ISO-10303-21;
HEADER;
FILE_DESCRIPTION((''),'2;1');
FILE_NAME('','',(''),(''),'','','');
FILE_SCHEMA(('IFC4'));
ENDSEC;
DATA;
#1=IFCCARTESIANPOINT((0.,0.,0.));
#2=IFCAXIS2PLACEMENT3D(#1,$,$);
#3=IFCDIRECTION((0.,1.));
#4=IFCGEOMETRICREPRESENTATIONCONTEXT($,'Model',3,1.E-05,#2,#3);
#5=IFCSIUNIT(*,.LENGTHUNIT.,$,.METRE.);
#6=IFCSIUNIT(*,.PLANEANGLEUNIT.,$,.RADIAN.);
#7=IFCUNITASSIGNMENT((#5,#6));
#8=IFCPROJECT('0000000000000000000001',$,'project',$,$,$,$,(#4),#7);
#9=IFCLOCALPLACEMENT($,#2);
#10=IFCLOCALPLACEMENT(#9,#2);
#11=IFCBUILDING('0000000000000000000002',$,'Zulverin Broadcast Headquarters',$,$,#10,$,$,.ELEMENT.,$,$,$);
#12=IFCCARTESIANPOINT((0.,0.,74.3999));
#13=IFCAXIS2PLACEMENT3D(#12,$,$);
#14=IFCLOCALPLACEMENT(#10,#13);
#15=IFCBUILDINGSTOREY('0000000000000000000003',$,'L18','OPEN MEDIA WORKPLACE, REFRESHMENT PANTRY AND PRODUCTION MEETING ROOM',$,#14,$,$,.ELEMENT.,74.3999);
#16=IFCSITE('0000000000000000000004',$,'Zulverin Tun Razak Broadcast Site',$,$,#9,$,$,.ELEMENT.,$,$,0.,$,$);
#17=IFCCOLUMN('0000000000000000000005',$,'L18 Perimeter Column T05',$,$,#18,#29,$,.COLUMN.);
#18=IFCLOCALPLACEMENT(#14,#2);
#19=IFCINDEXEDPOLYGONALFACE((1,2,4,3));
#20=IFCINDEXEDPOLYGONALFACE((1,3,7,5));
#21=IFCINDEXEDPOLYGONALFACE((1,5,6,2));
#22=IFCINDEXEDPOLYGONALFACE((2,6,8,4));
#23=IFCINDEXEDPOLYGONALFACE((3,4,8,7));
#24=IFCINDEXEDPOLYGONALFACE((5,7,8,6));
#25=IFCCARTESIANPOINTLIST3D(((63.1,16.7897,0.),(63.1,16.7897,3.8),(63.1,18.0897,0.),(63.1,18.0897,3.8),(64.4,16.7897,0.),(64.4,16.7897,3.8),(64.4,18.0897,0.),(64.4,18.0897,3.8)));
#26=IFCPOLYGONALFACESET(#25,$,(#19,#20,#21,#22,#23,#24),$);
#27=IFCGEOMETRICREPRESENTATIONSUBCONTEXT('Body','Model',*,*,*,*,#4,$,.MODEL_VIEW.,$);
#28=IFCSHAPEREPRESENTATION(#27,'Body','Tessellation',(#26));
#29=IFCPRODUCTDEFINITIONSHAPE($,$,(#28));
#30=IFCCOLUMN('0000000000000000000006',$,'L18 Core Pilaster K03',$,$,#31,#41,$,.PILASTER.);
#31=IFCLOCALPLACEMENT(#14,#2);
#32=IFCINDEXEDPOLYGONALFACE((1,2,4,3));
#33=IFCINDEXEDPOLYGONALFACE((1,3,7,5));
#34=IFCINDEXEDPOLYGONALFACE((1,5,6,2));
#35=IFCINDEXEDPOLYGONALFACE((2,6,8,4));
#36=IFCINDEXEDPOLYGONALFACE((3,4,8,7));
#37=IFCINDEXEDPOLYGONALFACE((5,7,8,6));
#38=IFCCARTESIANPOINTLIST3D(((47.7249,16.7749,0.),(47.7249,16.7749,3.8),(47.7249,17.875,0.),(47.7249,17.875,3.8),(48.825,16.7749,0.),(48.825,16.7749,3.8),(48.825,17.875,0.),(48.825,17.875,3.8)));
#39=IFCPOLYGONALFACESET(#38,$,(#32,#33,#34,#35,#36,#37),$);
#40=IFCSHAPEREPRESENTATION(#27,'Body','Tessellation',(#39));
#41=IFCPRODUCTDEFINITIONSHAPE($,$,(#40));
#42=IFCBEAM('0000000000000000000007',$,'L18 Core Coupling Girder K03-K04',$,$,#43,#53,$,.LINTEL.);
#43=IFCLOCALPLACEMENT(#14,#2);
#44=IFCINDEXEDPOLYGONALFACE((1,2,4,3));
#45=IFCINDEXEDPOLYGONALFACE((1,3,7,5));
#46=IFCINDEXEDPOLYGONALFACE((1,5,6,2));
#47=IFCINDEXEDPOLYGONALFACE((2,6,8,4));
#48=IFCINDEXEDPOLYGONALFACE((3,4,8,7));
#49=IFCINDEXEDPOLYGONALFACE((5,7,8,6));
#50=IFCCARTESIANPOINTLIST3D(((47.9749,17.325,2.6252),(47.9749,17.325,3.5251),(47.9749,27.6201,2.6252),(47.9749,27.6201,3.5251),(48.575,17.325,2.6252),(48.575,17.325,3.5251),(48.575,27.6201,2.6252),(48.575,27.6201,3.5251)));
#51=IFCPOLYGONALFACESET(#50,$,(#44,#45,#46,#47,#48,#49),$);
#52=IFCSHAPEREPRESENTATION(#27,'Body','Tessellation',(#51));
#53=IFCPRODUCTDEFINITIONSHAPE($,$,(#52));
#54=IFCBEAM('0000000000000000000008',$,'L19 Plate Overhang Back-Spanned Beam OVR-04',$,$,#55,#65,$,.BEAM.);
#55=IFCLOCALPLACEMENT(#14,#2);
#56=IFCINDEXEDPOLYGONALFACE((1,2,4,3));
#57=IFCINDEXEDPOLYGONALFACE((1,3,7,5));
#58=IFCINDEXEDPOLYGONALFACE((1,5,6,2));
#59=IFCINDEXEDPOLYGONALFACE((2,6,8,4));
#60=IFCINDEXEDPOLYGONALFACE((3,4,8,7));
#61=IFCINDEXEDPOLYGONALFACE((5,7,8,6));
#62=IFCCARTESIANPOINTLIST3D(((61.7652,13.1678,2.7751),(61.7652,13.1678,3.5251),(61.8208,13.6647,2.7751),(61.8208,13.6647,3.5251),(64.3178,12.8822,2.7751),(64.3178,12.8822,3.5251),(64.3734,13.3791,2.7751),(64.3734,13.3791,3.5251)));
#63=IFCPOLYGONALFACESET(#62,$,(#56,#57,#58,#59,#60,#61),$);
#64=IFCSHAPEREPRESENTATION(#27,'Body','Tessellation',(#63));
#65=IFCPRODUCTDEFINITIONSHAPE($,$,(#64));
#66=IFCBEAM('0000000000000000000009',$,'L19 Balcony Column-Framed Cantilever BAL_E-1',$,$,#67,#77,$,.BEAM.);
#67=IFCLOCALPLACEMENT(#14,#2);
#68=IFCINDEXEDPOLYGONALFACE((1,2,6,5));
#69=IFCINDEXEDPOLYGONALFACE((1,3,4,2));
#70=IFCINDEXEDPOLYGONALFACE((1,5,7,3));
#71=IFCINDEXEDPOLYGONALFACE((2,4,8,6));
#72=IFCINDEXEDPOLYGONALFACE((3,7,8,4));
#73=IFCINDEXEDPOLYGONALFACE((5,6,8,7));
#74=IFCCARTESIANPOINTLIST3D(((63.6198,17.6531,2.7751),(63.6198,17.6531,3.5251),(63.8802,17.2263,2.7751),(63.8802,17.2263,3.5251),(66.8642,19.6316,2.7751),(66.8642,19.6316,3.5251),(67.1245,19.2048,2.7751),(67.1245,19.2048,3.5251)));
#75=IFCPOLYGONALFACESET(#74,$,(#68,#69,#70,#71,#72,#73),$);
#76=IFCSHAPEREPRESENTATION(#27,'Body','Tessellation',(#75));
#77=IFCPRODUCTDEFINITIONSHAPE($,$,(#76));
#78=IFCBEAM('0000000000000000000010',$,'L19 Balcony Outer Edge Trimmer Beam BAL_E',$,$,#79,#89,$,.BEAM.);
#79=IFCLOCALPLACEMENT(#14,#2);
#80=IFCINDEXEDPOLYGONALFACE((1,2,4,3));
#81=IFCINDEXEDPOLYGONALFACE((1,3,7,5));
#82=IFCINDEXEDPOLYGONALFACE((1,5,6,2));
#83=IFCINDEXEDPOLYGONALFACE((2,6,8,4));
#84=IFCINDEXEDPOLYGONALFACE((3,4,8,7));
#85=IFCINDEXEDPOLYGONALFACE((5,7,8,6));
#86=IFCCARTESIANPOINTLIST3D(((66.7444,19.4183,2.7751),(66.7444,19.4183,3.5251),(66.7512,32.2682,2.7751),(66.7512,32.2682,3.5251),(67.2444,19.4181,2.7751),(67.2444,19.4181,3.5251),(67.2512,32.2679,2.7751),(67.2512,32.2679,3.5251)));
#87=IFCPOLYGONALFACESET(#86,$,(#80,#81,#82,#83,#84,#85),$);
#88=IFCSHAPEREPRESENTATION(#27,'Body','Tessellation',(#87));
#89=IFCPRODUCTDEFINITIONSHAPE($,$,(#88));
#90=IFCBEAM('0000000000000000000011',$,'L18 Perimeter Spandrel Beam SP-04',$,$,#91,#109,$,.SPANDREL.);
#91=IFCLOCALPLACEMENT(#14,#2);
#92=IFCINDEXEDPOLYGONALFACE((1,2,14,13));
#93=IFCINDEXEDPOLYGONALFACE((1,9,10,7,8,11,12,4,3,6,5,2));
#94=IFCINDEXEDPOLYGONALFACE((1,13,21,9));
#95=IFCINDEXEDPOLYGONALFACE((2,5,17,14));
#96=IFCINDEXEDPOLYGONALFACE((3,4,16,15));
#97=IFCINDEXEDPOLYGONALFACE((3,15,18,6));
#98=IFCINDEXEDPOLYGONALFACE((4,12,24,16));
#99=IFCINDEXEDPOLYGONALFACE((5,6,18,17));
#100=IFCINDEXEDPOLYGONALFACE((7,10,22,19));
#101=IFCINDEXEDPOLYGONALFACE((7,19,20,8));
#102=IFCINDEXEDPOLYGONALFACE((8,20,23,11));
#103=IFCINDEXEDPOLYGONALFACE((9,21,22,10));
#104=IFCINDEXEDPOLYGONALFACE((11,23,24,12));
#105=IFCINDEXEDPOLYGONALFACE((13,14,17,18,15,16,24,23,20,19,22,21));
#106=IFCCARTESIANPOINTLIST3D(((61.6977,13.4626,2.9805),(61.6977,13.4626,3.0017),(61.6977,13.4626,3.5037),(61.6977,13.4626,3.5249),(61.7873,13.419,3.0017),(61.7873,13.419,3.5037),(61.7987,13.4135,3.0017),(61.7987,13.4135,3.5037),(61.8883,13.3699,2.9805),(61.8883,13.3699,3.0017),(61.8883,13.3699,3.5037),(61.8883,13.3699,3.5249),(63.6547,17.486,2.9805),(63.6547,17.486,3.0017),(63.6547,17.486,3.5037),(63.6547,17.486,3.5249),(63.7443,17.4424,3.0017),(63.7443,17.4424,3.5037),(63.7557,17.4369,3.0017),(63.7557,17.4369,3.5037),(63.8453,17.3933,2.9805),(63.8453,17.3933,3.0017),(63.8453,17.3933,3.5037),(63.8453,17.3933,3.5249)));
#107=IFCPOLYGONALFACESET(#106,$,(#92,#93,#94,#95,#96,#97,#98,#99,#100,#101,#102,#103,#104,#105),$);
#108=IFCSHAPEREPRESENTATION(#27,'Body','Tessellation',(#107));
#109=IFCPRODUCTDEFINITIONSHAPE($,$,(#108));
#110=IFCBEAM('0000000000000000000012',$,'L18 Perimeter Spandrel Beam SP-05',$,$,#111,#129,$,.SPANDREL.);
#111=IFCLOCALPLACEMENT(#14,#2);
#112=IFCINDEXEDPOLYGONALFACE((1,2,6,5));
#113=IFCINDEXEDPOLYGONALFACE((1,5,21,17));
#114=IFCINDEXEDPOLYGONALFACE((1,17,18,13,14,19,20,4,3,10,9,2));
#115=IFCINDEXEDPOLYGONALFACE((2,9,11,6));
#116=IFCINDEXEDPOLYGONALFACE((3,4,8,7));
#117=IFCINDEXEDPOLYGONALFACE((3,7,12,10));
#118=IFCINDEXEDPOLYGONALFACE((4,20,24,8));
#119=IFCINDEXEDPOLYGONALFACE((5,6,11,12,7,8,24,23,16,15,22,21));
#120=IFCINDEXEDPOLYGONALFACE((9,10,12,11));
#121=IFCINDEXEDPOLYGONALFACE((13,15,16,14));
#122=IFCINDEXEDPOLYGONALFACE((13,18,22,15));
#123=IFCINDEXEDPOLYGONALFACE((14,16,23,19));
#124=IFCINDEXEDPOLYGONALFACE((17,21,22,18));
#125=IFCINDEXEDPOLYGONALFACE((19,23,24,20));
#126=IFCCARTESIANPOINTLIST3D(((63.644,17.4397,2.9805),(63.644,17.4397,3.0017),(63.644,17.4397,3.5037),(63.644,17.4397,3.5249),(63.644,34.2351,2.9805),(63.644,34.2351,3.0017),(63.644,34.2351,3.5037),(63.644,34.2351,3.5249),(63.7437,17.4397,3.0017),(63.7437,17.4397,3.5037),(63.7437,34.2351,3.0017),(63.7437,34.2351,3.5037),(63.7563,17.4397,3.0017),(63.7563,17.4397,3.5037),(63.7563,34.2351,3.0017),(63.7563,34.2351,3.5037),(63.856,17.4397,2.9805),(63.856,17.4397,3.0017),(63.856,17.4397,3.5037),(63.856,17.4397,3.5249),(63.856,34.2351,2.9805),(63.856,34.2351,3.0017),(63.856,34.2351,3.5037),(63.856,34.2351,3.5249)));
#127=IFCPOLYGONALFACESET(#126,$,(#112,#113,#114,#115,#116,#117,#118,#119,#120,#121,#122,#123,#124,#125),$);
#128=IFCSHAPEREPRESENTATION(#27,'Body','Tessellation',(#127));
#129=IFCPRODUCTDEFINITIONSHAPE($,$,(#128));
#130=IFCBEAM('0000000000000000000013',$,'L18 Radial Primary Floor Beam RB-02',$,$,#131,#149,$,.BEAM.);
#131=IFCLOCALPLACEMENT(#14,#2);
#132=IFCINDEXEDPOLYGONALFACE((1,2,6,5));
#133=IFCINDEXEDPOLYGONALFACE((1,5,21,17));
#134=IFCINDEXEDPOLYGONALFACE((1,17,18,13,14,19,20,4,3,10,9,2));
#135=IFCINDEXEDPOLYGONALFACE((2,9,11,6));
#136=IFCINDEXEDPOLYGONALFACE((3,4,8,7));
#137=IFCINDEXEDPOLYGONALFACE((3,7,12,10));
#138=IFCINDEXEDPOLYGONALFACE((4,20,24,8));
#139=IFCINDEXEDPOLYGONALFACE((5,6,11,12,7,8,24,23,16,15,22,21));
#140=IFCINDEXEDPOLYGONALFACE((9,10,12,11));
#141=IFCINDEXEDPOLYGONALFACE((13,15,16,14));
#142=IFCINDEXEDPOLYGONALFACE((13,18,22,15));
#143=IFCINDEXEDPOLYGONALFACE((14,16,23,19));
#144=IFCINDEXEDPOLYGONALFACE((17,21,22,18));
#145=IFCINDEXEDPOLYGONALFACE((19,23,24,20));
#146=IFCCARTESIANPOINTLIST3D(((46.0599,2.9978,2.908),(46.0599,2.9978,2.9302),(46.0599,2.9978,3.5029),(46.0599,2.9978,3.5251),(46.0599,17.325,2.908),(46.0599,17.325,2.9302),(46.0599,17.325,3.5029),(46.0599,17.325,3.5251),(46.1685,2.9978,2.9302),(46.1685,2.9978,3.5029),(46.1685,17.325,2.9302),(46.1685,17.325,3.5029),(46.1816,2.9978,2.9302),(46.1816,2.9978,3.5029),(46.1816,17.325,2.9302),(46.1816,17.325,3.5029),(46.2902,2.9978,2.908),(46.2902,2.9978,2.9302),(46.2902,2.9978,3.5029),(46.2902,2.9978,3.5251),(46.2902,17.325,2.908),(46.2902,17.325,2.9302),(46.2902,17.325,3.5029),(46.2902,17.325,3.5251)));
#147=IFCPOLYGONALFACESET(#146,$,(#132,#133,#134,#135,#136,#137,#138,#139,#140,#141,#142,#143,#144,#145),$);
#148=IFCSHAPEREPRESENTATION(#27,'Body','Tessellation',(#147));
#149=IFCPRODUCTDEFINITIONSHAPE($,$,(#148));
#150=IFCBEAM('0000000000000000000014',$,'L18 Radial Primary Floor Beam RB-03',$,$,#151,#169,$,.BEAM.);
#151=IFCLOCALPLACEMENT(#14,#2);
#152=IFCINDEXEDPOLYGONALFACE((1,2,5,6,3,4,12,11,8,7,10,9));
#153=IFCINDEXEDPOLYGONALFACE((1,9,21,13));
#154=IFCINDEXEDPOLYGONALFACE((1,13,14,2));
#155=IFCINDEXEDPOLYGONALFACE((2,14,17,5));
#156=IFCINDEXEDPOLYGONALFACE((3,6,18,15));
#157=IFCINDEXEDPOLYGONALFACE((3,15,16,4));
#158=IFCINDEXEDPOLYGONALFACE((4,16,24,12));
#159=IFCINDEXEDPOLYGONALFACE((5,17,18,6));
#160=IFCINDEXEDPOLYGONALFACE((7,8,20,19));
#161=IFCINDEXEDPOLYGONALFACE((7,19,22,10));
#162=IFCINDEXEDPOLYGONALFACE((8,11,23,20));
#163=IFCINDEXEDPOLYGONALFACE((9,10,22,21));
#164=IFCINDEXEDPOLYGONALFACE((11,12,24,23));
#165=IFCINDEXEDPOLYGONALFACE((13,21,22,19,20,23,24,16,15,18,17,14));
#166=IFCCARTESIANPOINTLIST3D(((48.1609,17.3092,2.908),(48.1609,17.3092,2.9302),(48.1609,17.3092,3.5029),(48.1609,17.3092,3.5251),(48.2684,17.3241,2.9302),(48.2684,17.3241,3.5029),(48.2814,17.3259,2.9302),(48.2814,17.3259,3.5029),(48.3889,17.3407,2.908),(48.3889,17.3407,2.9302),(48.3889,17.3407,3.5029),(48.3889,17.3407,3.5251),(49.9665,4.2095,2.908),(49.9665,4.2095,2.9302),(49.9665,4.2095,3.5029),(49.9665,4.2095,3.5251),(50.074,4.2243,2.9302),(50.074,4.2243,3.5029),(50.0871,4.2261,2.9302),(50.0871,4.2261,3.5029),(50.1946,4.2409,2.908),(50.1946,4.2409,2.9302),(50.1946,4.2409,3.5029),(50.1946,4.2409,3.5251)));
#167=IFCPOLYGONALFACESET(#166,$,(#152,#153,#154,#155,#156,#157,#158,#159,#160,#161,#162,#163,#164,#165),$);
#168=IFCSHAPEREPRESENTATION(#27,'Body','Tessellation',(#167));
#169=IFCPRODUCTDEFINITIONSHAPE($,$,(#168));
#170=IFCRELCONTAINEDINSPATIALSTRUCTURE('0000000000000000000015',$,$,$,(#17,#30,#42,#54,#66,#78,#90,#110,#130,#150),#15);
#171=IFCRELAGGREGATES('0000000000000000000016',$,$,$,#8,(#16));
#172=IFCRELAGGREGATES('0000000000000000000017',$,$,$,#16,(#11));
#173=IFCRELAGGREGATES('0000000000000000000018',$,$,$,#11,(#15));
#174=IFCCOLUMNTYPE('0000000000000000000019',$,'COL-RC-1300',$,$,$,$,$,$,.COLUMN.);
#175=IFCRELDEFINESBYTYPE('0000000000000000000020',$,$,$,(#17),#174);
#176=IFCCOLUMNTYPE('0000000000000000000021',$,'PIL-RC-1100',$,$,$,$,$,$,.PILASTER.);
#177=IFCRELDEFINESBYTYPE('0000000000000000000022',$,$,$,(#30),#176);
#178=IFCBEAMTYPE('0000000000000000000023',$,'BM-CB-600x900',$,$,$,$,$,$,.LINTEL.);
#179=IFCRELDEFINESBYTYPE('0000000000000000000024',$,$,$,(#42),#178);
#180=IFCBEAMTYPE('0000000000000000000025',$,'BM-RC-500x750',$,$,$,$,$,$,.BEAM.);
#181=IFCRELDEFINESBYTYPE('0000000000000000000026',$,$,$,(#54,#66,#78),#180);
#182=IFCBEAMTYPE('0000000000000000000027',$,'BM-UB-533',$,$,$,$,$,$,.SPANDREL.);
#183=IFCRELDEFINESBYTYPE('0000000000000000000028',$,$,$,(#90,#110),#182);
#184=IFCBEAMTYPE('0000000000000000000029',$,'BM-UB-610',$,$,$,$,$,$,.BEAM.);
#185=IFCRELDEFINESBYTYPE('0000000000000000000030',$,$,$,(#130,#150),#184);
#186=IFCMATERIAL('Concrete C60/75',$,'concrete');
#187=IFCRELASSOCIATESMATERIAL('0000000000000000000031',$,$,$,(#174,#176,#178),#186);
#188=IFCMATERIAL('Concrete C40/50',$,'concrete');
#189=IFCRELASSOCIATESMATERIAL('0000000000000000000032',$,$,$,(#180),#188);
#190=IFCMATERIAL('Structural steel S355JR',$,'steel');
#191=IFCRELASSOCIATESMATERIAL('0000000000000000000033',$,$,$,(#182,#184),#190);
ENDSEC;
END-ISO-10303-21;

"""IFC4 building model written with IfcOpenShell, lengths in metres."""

from ifc_helpers import new_model, si_unit, direction, frame, origin, origin_2d, place, context, subcontext, project, spatial, rectangle, i_section, extrude, material, material_profile, profile_set, type_object, element, save


model = new_model("IFC4")

# Units and contexts
model_context = context("Model", 3, precision=1e-05, world=origin(), true_north=direction((0.0, 1.0)))
body_context = subcontext(model_context, "Body", "Model", "MODEL_VIEW")
ifc_project = project(units=[si_unit("LENGTHUNIT", "METRE"), si_unit("PLANEANGLEUNIT", "RADIAN")], contexts=[model_context])

# Site, building, storey
site_placement = place(None, origin())
site = spatial("IfcSite", under=ifc_project, at=site_placement, Name="Zulverin Tun Razak Broadcast Site", CompositionType="ELEMENT", RefElevation=0.0)
building_placement = place(site_placement, origin())
building = spatial("IfcBuilding", under=site, at=building_placement, Name="Zulverin Broadcast Headquarters", CompositionType="ELEMENT")
storey_placement = place(building_placement, frame((0.0, 0.0, 74.3999)))
storey = spatial("IfcBuildingStorey", under=building, at=storey_placement, Name="L18", Description="OPEN MEDIA WORKPLACE, REFRESHMENT PANTRY AND PRODUCTION MEETING ROOM", CompositionType="ELEMENT", Elevation=74.3999)

# Columns
ifc_material_1 = material(Name="Concrete C60/75", Category="concrete")
ifc_material_profile_1 = material_profile(ifc_material_1, rectangle(XDim=1.3, YDim=1.3, at=origin_2d()), Name="Concrete C60/75", Category="concrete")
ifc_profile_set_1 = profile_set([ifc_material_profile_1], Name="Concrete C60/75")
column_type_1 = type_object("IfcColumnType", Name="COL-RC-1300", PredefinedType="COLUMN", material=ifc_profile_set_1)
column_1_placement = place(storey_placement, frame((63.75, 17.4397, 0.0), z_axis=(0.0, 0.0, 1.0), x_axis=(1.0, 0.0, 0.0)))
element("IfcColumn", 1, at=column_1_placement, inside=storey, type_object=column_type_1, Name="L18 Perimeter Column T05", PredefinedType="COLUMN", context=body_context, shape_type="SweptSolid", body=[
    extrude(rectangle(XDim=1.3, YDim=1.3, at=origin_2d()), origin(), (0.0, 0.0, 1.0), 3.8),
])
ifc_material_profile_2 = material_profile(ifc_material_1, rectangle(XDim=1.1001, YDim=1.1001, at=origin_2d()), Name="Concrete C60/75", Category="concrete")
ifc_profile_set_2 = profile_set([ifc_material_profile_2], Name="Concrete C60/75")
column_type_2 = type_object("IfcColumnType", Name="PIL-RC-1100", PredefinedType="PILASTER", material=ifc_profile_set_2)
column_2_placement = place(storey_placement, frame((48.2749, 17.325, 0.0), z_axis=(0.0, 0.0, 1.0), x_axis=(1.0, 0.0, 0.0)))
element("IfcColumn", 2, at=column_2_placement, inside=storey, type_object=column_type_2, Name="L18 Core Pilaster K03", PredefinedType="PILASTER", context=body_context, shape_type="SweptSolid", body=[
    extrude(rectangle(XDim=1.1001, YDim=1.1001, at=origin_2d()), origin(), (0.0, 0.0, 1.0), 3.8),
])

# Beams
ifc_material_profile_3 = material_profile(ifc_material_1, rectangle(XDim=0.6001, YDim=0.8999, at=origin_2d()), Name="Concrete C60/75", Category="concrete")
ifc_profile_set_3 = profile_set([ifc_material_profile_3], Name="Concrete C60/75")
beam_type_1 = type_object("IfcBeamType", Name="BM-CB-600x900", PredefinedType="LINTEL", material=ifc_profile_set_3)
beam_1_placement = place(storey_placement, frame((48.2749, 17.325, 3.0752), z_axis=(0.0, 1.0, 0.0), x_axis=(-1.0, 0.0, 0.0)))
element("IfcBeam", 3, at=beam_1_placement, inside=storey, type_object=beam_type_1, Name="L18 Core Coupling Girder K03-K04", PredefinedType="LINTEL", context=body_context, shape_type="SweptSolid", body=[
    extrude(rectangle(XDim=0.6001, YDim=0.8999, at=origin_2d()), origin(), (0.0, 0.0, 1.0), 10.2952),
])
ifc_material_2 = material(Name="Concrete C40/50", Category="concrete")
ifc_material_profile_4 = material_profile(ifc_material_2, rectangle(XDim=0.5, YDim=0.75, at=origin_2d()), Name="Concrete C40/50", Category="concrete")
ifc_profile_set_4 = profile_set([ifc_material_profile_4], Name="Concrete C40/50")
beam_type_2 = type_object("IfcBeamType", Name="BM-RC-500x750", PredefinedType="BEAM", material=ifc_profile_set_4)
beam_2_placement = place(storey_placement, frame((61.793, 13.4163, 3.1501), z_axis=(0.993798, -0.111203, 0.0), x_axis=(0.111203, 0.993798, 0.0)))
element("IfcBeam", 4, at=beam_2_placement, inside=storey, type_object=beam_type_2, Name="L19 Plate Overhang Back-Spanned Beam OVR-04", PredefinedType="BEAM", context=body_context, shape_type="SweptSolid", body=[
    extrude(rectangle(XDim=0.5, YDim=0.75, at=origin_2d()), origin(), (0.0, 0.0, 1.0), 2.5686),
])
beam_3_placement = place(storey_placement, frame((63.75, 17.4397, 3.1501), z_axis=(0.853769, 0.520652, 0.0), x_axis=(-0.520652, 0.853769, 0.0)))
element("IfcBeam", 5, at=beam_3_placement, inside=storey, type_object=beam_type_2, Name="L19 Balcony Column-Framed Cantilever BAL_E-1", PredefinedType="BEAM", context=body_context, shape_type="SweptSolid", body=[
    extrude(rectangle(XDim=0.5, YDim=0.75, at=origin_2d()), origin(), (0.0, 0.0, 1.0), 3.8),
])
beam_4_placement = place(storey_placement, frame((66.9944, 19.4182, 3.1501), z_axis=(0.000532, 1.0, 0.0), x_axis=(-1.0, 0.000532, 0.0)))
element("IfcBeam", 6, at=beam_4_placement, inside=storey, type_object=beam_type_2, Name="L19 Balcony Outer Edge Trimmer Beam BAL_E", PredefinedType="BEAM", context=body_context, shape_type="SweptSolid", body=[
    extrude(rectangle(XDim=0.5, YDim=0.75, at=origin_2d()), origin(), (0.0, 0.0, 1.0), 12.8499),
])
ifc_material_3 = material(Name="Structural steel S355JR", Category="steel")
ifc_material_profile_5 = material_profile(ifc_material_3, i_section(OverallWidth=0.2119, OverallDepth=0.5444, WebThickness=0.0127, FlangeThickness=0.0212, at=origin_2d()), Name="Structural steel S355JR", Category="steel")
ifc_profile_set_5 = profile_set([ifc_material_profile_5], Name="Structural steel S355JR")
beam_type_3 = type_object("IfcBeamType", Name="BM-UB-533", PredefinedType="SPANDREL", material=ifc_profile_set_5)
beam_5_placement = place(storey_placement, frame((61.793, 13.4163, 3.2527), z_axis=(0.437408, 0.899263, 0.0), x_axis=(-0.899263, 0.437408, 0.0)))
element("IfcBeam", 7, at=beam_5_placement, inside=storey, type_object=beam_type_3, Name="L18 Perimeter Spandrel Beam SP-04", PredefinedType="SPANDREL", context=body_context, shape_type="SweptSolid", body=[
    extrude(i_section(OverallWidth=0.2119, OverallDepth=0.5444, WebThickness=0.0127, FlangeThickness=0.0212, at=origin_2d()), origin(), (0.0, 0.0, 1.0), 4.4741),
])
beam_6_placement = place(storey_placement, frame((63.75, 17.4397, 3.2527), z_axis=(0.0, 1.0, 0.0), x_axis=(-1.0, 0.0, 0.0)))
element("IfcBeam", 8, at=beam_6_placement, inside=storey, type_object=beam_type_3, Name="L18 Perimeter Spandrel Beam SP-05", PredefinedType="SPANDREL", context=body_context, shape_type="SweptSolid", body=[
    extrude(i_section(OverallWidth=0.2119, OverallDepth=0.5444, WebThickness=0.0127, FlangeThickness=0.0212, at=origin_2d()), origin(), (0.0, 0.0, 1.0), 16.7954),
])
ifc_material_profile_6 = material_profile(ifc_material_3, i_section(OverallWidth=0.2302, OverallDepth=0.6172, WebThickness=0.0132, FlangeThickness=0.0222, at=origin_2d()), Name="Structural steel S355JR", Category="steel")
ifc_profile_set_6 = profile_set([ifc_material_profile_6], Name="Structural steel S355JR")
beam_type_4 = type_object("IfcBeamType", Name="BM-UB-610", PredefinedType="BEAM", material=ifc_profile_set_6)
beam_7_placement = place(storey_placement, frame((46.175, 17.325, 3.2166), z_axis=(0.0, -1.0, 0.0), x_axis=(1.0, 0.0, 0.0)))
element("IfcBeam", 9, at=beam_7_placement, inside=storey, type_object=beam_type_4, Name="L18 Radial Primary Floor Beam RB-02", PredefinedType="BEAM", context=body_context, shape_type="SweptSolid", body=[
    extrude(i_section(OverallWidth=0.2302, OverallDepth=0.6172, WebThickness=0.0132, FlangeThickness=0.0222, at=origin_2d()), origin(), (0.0, 0.0, 1.0), 14.3271),
])
beam_8_placement = place(storey_placement, frame((48.2749, 17.325, 3.2166), z_axis=(0.136547, -0.990634, 0.0), x_axis=(0.990634, 0.136547, 0.0)))
element("IfcBeam", 10, at=beam_8_placement, inside=storey, type_object=beam_type_4, Name="L18 Radial Primary Floor Beam RB-03", PredefinedType="BEAM", context=body_context, shape_type="SweptSolid", body=[
    extrude(i_section(OverallWidth=0.2302, OverallDepth=0.6172, WebThickness=0.0132, FlangeThickness=0.0222, at=origin_2d()), origin(), (0.0, 0.0, 1.0), 13.2236),
])

save(model, "model.ifc")
